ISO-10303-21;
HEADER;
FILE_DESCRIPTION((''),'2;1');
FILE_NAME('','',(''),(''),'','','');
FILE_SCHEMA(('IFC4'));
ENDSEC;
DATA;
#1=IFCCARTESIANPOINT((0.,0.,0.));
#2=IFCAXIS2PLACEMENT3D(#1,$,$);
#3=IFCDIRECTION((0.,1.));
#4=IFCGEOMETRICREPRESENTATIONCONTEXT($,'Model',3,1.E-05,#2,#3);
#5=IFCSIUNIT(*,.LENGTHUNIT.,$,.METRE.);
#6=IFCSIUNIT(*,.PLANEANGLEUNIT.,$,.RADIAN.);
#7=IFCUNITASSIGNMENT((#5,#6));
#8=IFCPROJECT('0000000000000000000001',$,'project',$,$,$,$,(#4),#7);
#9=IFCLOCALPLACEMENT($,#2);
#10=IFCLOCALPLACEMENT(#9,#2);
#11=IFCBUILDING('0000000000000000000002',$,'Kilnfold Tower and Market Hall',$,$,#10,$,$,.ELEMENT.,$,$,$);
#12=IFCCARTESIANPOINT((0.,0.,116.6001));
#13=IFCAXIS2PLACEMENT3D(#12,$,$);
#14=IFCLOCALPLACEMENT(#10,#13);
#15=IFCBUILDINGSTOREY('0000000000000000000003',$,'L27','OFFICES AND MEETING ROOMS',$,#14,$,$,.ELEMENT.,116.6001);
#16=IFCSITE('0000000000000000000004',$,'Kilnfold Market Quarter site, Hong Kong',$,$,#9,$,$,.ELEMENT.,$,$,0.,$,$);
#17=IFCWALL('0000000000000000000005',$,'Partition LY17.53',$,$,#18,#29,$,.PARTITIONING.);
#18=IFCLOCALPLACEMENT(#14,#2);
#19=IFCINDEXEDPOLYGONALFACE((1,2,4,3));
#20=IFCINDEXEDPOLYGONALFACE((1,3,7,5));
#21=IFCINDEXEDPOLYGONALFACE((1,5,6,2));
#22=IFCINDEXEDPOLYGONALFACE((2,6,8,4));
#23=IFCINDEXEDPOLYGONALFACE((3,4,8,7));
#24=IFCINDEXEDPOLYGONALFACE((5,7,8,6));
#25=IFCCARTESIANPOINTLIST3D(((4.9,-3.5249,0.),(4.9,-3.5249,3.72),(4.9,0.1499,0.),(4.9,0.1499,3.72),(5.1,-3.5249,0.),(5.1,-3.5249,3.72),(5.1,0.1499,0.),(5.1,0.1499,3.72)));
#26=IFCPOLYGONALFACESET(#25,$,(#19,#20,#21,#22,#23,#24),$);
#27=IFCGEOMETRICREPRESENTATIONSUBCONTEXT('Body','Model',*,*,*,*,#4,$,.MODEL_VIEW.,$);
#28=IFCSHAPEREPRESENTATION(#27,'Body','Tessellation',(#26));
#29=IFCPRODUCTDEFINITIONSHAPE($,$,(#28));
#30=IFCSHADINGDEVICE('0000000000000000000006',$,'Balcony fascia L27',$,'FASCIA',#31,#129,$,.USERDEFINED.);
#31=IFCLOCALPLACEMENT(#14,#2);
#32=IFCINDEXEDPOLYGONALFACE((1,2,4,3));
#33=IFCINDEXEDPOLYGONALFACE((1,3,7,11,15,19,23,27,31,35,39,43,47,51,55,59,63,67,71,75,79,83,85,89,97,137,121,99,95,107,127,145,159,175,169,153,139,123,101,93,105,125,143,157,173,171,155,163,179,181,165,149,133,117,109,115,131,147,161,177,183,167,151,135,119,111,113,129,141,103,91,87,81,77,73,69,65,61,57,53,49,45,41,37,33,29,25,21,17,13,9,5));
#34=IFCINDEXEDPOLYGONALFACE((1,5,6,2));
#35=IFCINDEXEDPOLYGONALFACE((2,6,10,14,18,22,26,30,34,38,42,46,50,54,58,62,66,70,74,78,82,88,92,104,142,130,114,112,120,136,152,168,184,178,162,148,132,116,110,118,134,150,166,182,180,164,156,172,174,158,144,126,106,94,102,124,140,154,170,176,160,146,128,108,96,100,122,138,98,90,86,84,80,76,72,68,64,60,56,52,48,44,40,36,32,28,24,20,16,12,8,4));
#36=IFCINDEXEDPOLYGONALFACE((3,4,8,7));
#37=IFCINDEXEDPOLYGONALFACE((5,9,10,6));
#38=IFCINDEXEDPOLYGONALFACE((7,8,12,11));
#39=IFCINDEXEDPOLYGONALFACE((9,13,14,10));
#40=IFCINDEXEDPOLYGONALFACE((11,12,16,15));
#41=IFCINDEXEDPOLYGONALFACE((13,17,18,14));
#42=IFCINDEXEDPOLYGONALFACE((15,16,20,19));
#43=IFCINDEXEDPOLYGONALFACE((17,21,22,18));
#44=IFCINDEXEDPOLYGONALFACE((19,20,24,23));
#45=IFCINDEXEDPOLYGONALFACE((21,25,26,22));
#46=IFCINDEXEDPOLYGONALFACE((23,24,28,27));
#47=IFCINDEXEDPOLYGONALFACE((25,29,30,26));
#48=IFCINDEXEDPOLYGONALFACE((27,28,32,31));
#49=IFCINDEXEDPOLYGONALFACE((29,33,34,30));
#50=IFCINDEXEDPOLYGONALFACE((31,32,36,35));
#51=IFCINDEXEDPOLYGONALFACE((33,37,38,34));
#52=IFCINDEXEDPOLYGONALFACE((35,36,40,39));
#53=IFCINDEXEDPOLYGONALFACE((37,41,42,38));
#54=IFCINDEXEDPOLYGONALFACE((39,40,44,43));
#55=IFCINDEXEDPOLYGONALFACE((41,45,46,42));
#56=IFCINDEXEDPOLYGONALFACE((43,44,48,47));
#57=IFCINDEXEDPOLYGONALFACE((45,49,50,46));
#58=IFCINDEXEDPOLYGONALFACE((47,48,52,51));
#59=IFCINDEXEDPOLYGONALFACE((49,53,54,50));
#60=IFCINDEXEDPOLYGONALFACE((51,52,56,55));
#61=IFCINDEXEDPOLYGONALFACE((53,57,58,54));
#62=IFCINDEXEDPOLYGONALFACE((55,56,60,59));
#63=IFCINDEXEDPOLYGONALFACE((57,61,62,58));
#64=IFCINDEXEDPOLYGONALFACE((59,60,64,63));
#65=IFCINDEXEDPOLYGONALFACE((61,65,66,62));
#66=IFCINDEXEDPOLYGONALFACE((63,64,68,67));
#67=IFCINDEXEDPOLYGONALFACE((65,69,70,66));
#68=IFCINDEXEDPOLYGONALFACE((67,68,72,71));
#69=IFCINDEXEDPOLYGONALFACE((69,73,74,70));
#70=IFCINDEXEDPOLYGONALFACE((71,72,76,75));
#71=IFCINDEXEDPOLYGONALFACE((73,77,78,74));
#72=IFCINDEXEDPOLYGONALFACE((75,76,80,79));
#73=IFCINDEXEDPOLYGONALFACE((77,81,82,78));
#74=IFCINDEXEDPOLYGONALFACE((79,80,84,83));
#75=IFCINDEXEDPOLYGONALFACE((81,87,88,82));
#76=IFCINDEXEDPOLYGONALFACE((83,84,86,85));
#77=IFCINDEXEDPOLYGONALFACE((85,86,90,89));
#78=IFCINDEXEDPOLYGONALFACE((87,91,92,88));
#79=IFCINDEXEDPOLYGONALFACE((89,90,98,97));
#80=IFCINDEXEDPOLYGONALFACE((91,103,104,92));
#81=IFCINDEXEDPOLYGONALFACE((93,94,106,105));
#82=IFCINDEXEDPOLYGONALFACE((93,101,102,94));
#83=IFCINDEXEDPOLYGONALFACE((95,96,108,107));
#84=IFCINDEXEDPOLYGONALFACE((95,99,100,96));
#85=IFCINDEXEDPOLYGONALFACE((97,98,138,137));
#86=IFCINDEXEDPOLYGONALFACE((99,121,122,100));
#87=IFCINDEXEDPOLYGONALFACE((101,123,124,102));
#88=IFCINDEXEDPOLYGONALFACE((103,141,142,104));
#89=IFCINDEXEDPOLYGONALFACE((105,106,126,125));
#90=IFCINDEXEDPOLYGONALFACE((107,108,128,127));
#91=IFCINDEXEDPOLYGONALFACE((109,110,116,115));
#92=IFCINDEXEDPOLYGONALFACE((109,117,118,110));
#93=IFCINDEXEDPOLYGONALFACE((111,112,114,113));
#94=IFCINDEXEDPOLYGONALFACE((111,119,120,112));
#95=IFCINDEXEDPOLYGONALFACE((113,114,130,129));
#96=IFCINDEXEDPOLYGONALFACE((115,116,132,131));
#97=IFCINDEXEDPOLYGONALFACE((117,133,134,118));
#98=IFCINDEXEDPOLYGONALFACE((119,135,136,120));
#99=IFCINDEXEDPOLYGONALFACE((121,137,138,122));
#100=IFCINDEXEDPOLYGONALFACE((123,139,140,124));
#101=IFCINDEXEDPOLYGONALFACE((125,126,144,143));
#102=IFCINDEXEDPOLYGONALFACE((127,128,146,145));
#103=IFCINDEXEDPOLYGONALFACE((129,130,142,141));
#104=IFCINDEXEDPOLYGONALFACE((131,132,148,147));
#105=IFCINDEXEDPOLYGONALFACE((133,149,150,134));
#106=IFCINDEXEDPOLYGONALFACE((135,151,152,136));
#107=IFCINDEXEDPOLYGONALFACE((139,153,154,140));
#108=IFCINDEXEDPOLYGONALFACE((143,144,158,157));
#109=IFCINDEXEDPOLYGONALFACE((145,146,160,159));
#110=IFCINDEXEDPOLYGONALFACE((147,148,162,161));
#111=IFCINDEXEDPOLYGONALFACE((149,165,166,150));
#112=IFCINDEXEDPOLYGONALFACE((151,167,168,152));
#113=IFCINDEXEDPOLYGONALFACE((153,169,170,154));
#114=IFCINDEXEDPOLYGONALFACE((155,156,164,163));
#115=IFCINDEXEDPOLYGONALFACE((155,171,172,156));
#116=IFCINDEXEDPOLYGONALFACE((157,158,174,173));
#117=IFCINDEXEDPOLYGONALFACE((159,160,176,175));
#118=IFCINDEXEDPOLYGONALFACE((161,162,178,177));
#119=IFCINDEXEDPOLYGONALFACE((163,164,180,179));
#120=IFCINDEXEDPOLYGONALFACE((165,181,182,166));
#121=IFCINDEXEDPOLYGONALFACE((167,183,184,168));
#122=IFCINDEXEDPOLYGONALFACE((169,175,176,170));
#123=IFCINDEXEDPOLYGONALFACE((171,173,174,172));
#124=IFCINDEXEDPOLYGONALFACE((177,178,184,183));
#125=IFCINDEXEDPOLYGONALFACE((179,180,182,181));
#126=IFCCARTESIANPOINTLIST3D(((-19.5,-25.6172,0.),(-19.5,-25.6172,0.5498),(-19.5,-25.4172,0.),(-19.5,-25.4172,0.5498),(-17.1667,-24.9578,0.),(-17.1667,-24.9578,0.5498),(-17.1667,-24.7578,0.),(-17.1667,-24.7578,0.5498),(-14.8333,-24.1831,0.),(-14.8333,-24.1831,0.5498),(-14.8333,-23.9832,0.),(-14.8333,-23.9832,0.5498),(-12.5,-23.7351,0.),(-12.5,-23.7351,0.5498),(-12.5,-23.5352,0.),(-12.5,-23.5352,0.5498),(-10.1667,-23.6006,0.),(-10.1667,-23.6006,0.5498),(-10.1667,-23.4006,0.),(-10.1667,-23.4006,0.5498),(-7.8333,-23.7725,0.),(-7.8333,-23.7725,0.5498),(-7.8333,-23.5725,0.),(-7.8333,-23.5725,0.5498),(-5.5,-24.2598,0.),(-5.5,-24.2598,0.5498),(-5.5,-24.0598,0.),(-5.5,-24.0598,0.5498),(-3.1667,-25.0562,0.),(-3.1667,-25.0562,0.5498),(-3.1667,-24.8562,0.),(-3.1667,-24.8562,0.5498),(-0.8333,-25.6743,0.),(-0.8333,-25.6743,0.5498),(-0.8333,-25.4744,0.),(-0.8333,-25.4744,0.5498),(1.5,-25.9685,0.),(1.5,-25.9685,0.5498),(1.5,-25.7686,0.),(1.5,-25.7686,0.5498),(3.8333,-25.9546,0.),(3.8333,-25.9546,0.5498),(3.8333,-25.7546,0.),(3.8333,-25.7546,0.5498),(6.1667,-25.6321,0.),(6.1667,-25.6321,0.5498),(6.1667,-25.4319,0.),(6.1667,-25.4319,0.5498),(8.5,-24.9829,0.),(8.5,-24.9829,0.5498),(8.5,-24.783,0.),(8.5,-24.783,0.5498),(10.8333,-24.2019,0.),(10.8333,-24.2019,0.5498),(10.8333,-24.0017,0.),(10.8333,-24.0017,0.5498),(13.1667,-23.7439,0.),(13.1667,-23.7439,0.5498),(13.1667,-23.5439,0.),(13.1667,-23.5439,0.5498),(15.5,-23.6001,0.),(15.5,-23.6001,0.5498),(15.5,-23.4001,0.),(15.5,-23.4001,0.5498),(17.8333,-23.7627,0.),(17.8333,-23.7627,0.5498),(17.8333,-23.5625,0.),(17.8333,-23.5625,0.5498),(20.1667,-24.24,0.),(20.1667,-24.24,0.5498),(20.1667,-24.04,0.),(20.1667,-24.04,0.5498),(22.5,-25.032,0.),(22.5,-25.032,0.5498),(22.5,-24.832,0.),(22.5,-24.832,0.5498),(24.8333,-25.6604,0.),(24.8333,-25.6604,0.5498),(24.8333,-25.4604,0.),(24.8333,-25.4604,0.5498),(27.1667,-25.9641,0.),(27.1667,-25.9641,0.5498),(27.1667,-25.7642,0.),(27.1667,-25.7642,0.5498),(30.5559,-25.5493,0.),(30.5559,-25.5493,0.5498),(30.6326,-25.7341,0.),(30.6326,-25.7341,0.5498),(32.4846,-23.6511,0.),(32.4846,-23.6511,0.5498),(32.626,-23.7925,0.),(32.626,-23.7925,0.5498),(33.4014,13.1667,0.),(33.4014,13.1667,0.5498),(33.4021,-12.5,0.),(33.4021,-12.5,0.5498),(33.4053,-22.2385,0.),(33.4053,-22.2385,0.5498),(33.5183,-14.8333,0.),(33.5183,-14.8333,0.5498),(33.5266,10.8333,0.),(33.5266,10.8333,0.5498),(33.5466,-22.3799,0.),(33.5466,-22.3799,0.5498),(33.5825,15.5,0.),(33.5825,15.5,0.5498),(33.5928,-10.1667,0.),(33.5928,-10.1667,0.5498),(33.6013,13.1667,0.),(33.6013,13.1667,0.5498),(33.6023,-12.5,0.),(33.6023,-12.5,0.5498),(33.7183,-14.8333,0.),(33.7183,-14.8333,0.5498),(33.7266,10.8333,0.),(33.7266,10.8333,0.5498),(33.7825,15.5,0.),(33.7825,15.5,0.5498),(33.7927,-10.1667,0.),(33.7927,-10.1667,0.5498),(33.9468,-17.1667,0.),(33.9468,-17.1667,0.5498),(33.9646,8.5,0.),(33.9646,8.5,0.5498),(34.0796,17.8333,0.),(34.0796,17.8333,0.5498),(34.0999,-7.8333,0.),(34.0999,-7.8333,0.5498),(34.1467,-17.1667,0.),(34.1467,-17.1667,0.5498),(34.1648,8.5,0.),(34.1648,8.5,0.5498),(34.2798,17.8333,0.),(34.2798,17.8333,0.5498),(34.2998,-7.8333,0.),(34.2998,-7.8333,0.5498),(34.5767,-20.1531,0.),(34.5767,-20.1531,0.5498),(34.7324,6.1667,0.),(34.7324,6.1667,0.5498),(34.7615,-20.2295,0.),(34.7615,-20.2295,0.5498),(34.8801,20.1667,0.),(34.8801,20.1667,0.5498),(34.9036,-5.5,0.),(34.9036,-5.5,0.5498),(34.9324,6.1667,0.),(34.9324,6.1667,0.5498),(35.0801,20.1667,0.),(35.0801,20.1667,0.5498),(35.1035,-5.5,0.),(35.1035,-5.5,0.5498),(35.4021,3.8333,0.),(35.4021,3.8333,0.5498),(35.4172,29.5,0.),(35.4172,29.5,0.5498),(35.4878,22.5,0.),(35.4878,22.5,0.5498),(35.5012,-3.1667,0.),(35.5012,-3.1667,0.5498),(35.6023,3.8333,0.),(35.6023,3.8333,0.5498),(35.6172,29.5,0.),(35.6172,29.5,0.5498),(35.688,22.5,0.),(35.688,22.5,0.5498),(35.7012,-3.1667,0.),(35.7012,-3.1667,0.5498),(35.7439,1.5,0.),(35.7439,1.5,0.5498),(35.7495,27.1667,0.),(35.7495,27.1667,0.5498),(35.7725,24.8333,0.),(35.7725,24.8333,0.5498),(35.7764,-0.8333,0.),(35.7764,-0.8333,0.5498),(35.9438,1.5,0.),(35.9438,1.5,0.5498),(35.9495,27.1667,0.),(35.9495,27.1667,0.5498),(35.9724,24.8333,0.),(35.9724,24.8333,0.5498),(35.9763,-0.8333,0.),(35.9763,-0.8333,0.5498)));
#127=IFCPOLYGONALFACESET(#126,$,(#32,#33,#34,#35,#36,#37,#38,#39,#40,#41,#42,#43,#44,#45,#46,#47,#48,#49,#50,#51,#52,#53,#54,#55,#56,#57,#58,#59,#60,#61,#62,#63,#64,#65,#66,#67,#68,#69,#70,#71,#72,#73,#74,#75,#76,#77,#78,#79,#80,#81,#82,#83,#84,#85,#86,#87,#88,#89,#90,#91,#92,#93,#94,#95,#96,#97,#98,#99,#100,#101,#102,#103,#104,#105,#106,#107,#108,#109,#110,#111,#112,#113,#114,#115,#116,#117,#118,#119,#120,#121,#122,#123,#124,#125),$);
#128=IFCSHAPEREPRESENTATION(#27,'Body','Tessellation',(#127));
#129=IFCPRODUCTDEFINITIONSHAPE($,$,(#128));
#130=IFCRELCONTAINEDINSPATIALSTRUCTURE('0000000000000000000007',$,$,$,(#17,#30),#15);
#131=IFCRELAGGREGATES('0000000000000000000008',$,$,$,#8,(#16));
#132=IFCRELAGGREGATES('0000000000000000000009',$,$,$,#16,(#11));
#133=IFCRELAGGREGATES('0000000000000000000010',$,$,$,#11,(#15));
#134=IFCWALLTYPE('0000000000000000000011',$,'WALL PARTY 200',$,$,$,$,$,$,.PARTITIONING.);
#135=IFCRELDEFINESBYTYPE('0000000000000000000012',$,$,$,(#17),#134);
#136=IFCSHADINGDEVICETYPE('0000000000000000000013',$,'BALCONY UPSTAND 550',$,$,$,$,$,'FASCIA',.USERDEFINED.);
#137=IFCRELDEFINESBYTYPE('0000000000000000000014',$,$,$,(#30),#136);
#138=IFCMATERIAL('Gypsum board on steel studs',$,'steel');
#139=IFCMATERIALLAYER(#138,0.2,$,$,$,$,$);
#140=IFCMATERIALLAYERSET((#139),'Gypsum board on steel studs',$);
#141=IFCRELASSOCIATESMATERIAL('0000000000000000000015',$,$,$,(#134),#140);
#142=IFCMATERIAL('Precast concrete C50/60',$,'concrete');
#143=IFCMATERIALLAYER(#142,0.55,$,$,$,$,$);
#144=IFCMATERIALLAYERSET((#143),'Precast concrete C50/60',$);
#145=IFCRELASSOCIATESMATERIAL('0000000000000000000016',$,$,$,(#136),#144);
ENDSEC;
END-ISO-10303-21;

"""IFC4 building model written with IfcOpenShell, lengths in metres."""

from ifc_helpers import new_model, si_unit, direction, frame, frame_2d, origin, place, context, subcontext, project, spatial, polyline, rectangle, outline, extrude, source, transform, mapped, material, layer, layer_set, type_object, element, save


model = new_model("IFC4")

# Units and contexts
model_context = context("Model", 3, precision=1e-05, world=origin(), true_north=direction((0.0, 1.0)))
body_context = subcontext(model_context, "Body", "Model", "MODEL_VIEW")
ifc_project = project(units=[si_unit("LENGTHUNIT", "METRE"), si_unit("PLANEANGLEUNIT", "RADIAN")], contexts=[model_context])

# Site, building, storey
site_placement = place(None, origin())
site = spatial("IfcSite", under=ifc_project, at=site_placement, Name="Kilnfold Market Quarter site, Hong Kong", CompositionType="ELEMENT", RefElevation=0.0)
building_placement = place(site_placement, origin())
building = spatial("IfcBuilding", under=site, at=building_placement, Name="Kilnfold Tower and Market Hall", CompositionType="ELEMENT")
storey_placement = place(building_placement, frame((0.0, 0.0, 116.6001)))
storey = spatial("IfcBuildingStorey", under=building, at=storey_placement, Name="L27", Description="OFFICES AND MEETING ROOMS", CompositionType="ELEMENT", Elevation=116.6001)

# Wall
ifc_material_1 = material(Name="Gypsum board on steel studs", Category="steel")
ifc_layer_1 = layer(ifc_material_1, 0.2)
ifc_layer_set_1 = layer_set([ifc_layer_1], Name="Gypsum board on steel studs")
wall_type = type_object("IfcWallType", Name="WALL PARTY 200", PredefinedType="PARTITIONING", material=ifc_layer_set_1)
wall_1_placement = place(storey_placement, frame((5.0, -3.5249, 0.0), z_axis=(0.0, 0.0, 1.0), x_axis=(0.0, 1.0, 0.0)))
element("IfcWall", 1, at=wall_1_placement, inside=storey, type_object=wall_type, Name="Partition LY17.53", PredefinedType="PARTITIONING", context=body_context, shape_type="SweptSolid", body=[
    extrude(rectangle(XDim=3.6748, YDim=0.2, at=frame_2d((1.8374, 0.0))), origin(), (0.0, 0.0, 1.0), 3.72),
])

# Shading device
ifc_material_2 = material(Name="Precast concrete C50/60", Category="concrete")
ifc_layer_2 = layer(ifc_material_2, 0.55)
ifc_layer_set_2 = layer_set([ifc_layer_2], Name="Precast concrete C50/60")
shading_device_type_1 = type_object("IfcShadingDeviceType", Name="BALCONY UPSTAND 550", ElementType="FASCIA", PredefinedType="USERDEFINED", material=ifc_layer_set_2)
shared_shape_1 = source(origin(), body_context, "Body", "SweptSolid", [
    extrude(outline(polyline([(-19.5, -25.6172), (-17.1667, -24.9578), (-14.8333, -24.1831), (-12.5, -23.7351), (-10.1667, -23.6006), (-7.8333, -23.7725), (-5.5, -24.2598), (-3.1667, -25.0562), (-0.8333, -25.6743), (1.5, -25.9685), (3.8333, -25.9546), (6.1667, -25.6321), (8.5, -24.9829), (10.8333, -24.2019), (13.1667, -23.7439), (15.5, -23.6001), (17.8333, -23.7627), (20.1667, -24.24), (22.5, -25.032), (24.8333, -25.6604), (27.1667, -25.9641), (30.6326, -25.7341), (32.626, -23.7925), (33.5466, -22.3799), (34.7615, -20.2295), (34.1467, -17.1667), (33.7183, -14.8333), (33.6023, -12.5), (33.7927, -10.1667), (34.2998, -7.8333), (35.1035, -5.5), (35.7012, -3.1667), (35.9763, -0.8333), (35.9438, 1.5), (35.6023, 3.8333), (34.9324, 6.1667), (34.1648, 8.5), (33.7266, 10.8333), (33.6013, 13.1667), (33.7825, 15.5), (34.2798, 17.8333), (35.0801, 20.1667), (35.688, 22.5), (35.9724, 24.8333), (35.9495, 27.1667), (35.6172, 29.5), (35.4172, 29.5), (35.7495, 27.1667), (35.7725, 24.8333), (35.4878, 22.5), (34.8801, 20.1667), (34.0796, 17.8333), (33.5825, 15.5), (33.4014, 13.1667), (33.5266, 10.8333), (33.9646, 8.5), (34.7324, 6.1667), (35.4021, 3.8333), (35.7439, 1.5), (35.7764, -0.8333), (35.5012, -3.1667), (34.9036, -5.5), (34.0999, -7.8333), (33.5928, -10.1667), (33.4021, -12.5), (33.5183, -14.8333), (33.9468, -17.1667), (34.5767, -20.1531), (33.4053, -22.2385), (32.4846, -23.6511), (30.5559, -25.5493), (27.1667, -25.7642), (24.8333, -25.4604), (22.5, -24.832), (20.1667, -24.04), (17.8333, -23.5625), (15.5, -23.4001), (13.1667, -23.5439), (10.8333, -24.0017), (8.5, -24.783), (6.1667, -25.4319), (3.8333, -25.7546), (1.5, -25.7686), (-0.8333, -25.4744), (-3.1667, -24.8562), (-5.5, -24.0598), (-7.8333, -23.5725), (-10.1667, -23.4006), (-12.5, -23.5352), (-14.8333, -23.9832), (-17.1667, -24.7578), (-19.5, -25.4172), (-19.5, -25.6172)])), origin(), (0.0, 0.0, 1.0), 0.5498),
])
shading_device_1_placement = place(storey_placement, origin())
element("IfcShadingDevice", 2, at=shading_device_1_placement, inside=storey, type_object=shading_device_type_1, Name="Balcony fascia L27", ObjectType="FASCIA", PredefinedType="USERDEFINED", context=body_context, shape_type="MappedRepresentation", body=[
    mapped(shared_shape_1, transform((0.0, 0.0, 0.0))),
])

save(model, "model.ifc")
